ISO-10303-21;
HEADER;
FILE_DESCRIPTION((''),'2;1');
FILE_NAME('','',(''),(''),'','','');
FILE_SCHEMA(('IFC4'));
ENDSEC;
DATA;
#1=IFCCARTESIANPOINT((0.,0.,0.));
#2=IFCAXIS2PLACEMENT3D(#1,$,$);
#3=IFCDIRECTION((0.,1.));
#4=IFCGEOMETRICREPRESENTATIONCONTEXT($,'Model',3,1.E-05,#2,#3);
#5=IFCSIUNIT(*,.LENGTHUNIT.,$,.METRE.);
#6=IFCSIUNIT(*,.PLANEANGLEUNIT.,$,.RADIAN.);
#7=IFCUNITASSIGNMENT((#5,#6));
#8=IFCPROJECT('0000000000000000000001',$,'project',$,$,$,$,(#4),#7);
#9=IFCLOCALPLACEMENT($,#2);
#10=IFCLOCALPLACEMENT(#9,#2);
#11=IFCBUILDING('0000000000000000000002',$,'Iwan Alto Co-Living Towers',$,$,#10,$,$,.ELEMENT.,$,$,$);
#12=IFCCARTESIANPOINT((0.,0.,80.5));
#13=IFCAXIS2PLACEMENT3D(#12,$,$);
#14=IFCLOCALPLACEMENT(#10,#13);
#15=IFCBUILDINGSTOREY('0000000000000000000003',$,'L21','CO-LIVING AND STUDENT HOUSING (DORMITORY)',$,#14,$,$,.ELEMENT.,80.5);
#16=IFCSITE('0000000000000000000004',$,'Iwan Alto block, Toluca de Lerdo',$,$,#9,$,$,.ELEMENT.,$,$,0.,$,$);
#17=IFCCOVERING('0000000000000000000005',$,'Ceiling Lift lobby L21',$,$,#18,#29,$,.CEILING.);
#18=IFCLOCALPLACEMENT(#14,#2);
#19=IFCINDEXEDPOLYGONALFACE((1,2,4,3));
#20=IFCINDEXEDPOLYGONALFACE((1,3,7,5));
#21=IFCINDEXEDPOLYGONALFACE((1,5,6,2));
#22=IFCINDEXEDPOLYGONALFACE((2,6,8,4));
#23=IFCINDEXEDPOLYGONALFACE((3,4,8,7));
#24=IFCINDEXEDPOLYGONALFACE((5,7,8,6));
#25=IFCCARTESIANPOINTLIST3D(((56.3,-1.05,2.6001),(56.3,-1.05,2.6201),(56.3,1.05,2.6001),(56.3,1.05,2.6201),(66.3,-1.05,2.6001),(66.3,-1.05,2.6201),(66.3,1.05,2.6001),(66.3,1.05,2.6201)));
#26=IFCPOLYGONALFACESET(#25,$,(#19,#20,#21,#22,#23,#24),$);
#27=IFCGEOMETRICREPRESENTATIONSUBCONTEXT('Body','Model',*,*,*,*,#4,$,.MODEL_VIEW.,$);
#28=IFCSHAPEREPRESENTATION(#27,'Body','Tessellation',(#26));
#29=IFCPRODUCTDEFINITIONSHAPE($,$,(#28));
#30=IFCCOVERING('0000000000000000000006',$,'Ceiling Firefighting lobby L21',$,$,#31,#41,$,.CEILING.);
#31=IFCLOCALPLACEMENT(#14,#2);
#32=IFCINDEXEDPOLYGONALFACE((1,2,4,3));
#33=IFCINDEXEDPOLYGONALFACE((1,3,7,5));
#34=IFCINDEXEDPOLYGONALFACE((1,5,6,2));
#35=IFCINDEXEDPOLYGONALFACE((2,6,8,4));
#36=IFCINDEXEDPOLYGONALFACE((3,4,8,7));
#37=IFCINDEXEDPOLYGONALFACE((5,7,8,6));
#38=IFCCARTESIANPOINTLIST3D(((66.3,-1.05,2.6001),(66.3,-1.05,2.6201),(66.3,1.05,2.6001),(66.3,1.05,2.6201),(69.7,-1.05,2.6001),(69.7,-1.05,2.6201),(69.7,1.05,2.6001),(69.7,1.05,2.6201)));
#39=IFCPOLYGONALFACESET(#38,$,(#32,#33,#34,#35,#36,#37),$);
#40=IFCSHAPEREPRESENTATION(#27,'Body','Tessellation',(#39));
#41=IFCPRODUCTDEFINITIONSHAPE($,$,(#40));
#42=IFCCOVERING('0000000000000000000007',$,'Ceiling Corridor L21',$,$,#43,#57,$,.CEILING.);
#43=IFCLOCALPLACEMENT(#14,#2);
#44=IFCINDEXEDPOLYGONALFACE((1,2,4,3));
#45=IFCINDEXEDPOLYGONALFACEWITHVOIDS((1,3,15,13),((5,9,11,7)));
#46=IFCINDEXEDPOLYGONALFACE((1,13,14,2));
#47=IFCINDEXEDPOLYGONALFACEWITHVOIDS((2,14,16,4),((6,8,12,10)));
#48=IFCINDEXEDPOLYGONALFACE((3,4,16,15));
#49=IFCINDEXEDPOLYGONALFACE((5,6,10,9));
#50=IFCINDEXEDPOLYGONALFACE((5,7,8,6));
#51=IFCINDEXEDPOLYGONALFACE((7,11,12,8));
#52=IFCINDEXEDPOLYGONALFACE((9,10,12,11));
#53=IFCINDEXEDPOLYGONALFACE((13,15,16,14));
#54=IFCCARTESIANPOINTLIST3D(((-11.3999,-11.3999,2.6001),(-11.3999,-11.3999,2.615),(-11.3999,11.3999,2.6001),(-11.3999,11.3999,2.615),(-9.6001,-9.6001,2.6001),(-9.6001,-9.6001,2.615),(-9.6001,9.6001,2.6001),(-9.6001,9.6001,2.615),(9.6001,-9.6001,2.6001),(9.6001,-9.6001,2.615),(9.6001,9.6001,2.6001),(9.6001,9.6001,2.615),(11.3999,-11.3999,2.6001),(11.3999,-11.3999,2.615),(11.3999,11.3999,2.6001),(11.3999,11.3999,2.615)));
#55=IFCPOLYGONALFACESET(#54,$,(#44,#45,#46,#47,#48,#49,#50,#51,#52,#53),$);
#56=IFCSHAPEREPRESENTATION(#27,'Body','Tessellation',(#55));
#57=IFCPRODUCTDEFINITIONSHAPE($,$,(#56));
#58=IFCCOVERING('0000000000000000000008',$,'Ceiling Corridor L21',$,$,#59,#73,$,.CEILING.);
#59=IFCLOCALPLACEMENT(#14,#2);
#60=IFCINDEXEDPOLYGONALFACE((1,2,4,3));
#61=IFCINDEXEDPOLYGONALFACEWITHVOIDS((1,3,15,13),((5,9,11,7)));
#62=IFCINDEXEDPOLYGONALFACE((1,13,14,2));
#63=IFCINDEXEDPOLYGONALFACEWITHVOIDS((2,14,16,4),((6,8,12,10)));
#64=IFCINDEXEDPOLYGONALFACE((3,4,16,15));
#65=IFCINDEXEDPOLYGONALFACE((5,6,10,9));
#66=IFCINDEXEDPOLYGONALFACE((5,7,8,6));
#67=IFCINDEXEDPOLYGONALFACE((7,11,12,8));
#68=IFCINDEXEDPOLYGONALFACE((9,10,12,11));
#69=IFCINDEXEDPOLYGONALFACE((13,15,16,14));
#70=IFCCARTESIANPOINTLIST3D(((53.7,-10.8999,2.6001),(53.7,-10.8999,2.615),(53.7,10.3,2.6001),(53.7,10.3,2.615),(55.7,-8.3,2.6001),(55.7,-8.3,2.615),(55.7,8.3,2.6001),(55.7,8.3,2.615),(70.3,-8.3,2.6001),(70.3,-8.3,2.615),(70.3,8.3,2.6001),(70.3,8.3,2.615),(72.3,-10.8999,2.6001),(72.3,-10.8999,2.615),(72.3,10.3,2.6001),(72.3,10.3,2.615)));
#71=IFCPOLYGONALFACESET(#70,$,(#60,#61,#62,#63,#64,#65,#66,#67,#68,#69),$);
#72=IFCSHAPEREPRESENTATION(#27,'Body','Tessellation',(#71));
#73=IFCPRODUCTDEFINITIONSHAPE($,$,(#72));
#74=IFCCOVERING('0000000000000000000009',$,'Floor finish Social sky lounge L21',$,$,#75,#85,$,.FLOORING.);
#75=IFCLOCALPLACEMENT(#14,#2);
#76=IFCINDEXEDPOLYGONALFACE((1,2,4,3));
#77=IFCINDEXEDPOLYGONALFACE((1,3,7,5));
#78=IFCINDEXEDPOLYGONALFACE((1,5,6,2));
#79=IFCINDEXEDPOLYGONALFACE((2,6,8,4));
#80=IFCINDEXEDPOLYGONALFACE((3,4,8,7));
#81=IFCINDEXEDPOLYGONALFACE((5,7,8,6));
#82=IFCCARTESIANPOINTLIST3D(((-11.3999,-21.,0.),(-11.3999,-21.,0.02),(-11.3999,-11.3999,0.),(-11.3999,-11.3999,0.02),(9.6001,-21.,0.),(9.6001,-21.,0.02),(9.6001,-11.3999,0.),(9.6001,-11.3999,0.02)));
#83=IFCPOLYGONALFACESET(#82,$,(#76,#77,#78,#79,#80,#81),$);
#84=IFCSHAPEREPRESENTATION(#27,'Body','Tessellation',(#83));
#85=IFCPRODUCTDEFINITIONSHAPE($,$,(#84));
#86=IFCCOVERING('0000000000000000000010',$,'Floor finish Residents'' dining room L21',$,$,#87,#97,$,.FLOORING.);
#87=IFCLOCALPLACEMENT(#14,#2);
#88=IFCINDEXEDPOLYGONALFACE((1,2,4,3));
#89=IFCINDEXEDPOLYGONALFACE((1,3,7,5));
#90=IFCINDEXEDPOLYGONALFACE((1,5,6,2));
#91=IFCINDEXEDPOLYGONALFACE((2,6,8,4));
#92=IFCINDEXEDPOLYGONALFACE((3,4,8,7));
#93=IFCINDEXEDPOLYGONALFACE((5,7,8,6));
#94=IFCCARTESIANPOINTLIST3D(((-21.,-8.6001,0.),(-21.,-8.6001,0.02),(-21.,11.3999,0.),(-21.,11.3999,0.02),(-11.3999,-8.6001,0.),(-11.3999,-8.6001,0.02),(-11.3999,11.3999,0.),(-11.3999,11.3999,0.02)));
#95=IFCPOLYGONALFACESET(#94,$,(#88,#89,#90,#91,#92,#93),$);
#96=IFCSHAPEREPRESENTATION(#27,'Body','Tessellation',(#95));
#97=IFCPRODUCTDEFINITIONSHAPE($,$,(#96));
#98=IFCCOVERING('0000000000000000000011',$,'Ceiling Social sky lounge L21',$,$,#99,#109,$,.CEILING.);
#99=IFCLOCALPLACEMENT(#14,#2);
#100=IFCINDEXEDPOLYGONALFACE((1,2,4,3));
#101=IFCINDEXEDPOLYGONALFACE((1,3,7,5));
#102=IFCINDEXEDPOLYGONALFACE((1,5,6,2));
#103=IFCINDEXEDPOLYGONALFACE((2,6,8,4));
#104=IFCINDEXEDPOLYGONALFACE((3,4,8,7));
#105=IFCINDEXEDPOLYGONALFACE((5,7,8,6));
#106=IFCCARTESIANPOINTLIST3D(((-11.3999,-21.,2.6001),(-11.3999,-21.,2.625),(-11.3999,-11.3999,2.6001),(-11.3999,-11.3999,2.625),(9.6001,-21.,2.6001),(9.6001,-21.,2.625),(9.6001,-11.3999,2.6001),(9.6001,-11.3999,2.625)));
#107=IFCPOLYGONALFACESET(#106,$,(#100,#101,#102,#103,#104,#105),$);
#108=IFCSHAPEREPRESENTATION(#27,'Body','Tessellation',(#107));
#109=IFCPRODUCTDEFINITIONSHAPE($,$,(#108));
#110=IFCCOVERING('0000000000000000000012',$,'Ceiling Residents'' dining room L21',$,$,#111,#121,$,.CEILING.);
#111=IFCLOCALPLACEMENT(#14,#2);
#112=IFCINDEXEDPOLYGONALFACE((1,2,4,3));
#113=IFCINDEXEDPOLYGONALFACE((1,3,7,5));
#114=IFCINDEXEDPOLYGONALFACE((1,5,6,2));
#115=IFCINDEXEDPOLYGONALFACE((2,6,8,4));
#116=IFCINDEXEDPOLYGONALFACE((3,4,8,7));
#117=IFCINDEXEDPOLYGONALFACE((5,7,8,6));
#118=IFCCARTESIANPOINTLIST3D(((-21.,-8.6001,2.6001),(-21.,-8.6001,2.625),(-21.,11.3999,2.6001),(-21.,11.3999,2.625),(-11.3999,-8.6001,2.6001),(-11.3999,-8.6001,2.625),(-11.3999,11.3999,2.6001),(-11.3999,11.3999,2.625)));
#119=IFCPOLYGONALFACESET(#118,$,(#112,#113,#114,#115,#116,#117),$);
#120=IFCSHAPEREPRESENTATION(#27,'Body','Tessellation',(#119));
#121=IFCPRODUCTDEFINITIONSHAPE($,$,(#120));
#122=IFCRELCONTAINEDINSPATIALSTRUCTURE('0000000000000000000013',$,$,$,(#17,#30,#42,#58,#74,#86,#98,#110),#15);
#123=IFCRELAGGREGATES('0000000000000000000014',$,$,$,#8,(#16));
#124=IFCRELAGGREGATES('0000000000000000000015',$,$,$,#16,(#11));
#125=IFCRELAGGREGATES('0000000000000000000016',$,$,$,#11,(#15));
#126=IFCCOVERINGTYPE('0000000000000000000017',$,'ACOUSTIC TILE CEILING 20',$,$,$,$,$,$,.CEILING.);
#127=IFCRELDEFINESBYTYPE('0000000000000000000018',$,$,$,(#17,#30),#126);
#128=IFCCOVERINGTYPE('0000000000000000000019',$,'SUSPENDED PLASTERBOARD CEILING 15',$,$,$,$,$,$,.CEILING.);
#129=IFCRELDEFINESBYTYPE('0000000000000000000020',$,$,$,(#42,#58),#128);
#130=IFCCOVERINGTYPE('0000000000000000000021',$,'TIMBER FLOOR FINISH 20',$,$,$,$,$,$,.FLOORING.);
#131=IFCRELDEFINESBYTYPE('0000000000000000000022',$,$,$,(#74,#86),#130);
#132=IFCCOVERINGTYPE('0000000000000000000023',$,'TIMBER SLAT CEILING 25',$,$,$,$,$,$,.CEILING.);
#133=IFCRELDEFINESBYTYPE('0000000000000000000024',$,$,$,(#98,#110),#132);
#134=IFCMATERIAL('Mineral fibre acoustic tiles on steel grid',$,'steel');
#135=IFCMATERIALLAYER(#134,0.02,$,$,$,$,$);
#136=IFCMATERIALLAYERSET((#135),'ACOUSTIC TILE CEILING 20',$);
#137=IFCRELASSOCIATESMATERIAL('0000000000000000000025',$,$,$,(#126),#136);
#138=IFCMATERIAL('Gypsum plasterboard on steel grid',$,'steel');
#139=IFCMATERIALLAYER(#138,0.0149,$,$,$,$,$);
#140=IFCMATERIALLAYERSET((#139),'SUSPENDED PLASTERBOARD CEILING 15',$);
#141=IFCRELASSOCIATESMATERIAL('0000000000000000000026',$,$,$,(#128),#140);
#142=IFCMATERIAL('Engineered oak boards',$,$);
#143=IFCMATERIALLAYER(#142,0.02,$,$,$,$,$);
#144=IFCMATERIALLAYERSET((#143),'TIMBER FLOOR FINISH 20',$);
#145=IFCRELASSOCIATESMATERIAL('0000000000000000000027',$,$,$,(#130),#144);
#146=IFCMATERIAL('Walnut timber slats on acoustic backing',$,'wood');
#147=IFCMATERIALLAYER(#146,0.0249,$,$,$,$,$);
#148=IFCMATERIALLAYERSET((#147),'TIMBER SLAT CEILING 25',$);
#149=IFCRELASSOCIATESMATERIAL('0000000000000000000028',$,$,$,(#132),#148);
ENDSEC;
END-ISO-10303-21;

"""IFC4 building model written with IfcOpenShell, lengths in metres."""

from ifc_helpers import new_model, si_unit, direction, frame, origin, place, context, subcontext, project, spatial, polyline, outline, extrude, material, layer, layer_set, type_object, element, save


model = new_model("IFC4")

# Units and contexts
model_context = context("Model", 3, precision=1e-05, world=origin(), true_north=direction((0.0, 1.0)))
body_context = subcontext(model_context, "Body", "Model", "MODEL_VIEW")
ifc_project = project(units=[si_unit("LENGTHUNIT", "METRE"), si_unit("PLANEANGLEUNIT", "RADIAN")], contexts=[model_context])

# Site, building, storey
site_placement = place(None, origin())
site = spatial("IfcSite", under=ifc_project, at=site_placement, Name="Iwan Alto block, Toluca de Lerdo", CompositionType="ELEMENT", RefElevation=0.0)
building_placement = place(site_placement, origin())
building = spatial("IfcBuilding", under=site, at=building_placement, Name="Iwan Alto Co-Living Towers", CompositionType="ELEMENT")
storey_placement = place(building_placement, frame((0.0, 0.0, 80.5)))
storey = spatial("IfcBuildingStorey", under=building, at=storey_placement, Name="L21", Description="CO-LIVING AND STUDENT HOUSING (DORMITORY)", CompositionType="ELEMENT", Elevation=80.5)

# Coverings
ifc_material_1 = material(Name="Mineral fibre acoustic tiles on steel grid", Category="steel")
ifc_layer_1 = layer(ifc_material_1, 0.02)
ifc_layer_set_1 = layer_set([ifc_layer_1], Name="ACOUSTIC TILE CEILING 20")
covering_type_1 = type_object("IfcCoveringType", Name="ACOUSTIC TILE CEILING 20", PredefinedType="CEILING", material=ifc_layer_set_1)
covering_1_placement = place(storey_placement, frame((0.0, 0.0, 2.6001)))
element("IfcCovering", 1, at=covering_1_placement, inside=storey, type_object=covering_type_1, Name="Ceiling Lift lobby L21", PredefinedType="CEILING", context=body_context, shape_type="SweptSolid", body=[
    extrude(outline(polyline([(56.3, -1.05), (56.3, 1.05), (66.3, 1.05), (66.3, -1.05), (56.3, -1.05)])), origin(), (0.0, 0.0, 1.0), 0.02),
])
covering_2_placement = place(storey_placement, frame((0.0, 0.0, 2.6001)))
element("IfcCovering", 2, at=covering_2_placement, inside=storey, type_object=covering_type_1, Name="Ceiling Firefighting lobby L21", PredefinedType="CEILING", context=body_context, shape_type="SweptSolid", body=[
    extrude(outline(polyline([(66.3, -1.05), (66.3, 1.05), (69.7, 1.05), (69.7, -1.05), (66.3, -1.05)])), origin(), (0.0, 0.0, 1.0), 0.02),
])
ifc_material_2 = material(Name="Gypsum plasterboard on steel grid", Category="steel")
ifc_layer_2 = layer(ifc_material_2, 0.0149)
ifc_layer_set_2 = layer_set([ifc_layer_2], Name="SUSPENDED PLASTERBOARD CEILING 15")
covering_type_2 = type_object("IfcCoveringType", Name="SUSPENDED PLASTERBOARD CEILING 15", PredefinedType="CEILING", material=ifc_layer_set_2)
covering_3_placement = place(storey_placement, frame((0.0, 0.0, 2.6001)))
element("IfcCovering", 3, at=covering_3_placement, inside=storey, type_object=covering_type_2, Name="Ceiling Corridor L21", PredefinedType="CEILING", context=body_context, shape_type="SweptSolid", body=[
    extrude(outline(polyline([(-11.3999, 11.3999), (11.3999, 11.3999), (11.3999, -11.3999), (-11.3999, -11.3999), (-11.3999, 11.3999)]), holes=[polyline([(-9.6001, 9.6001), (-9.6001, -9.6001), (9.6001, -9.6001), (9.6001, 9.6001), (-9.6001, 9.6001)])]), origin(), (0.0, 0.0, 1.0), 0.0149),
])
covering_4_placement = place(storey_placement, frame((0.0, 0.0, 2.6001)))
element("IfcCovering", 4, at=covering_4_placement, inside=storey, type_object=covering_type_2, Name="Ceiling Corridor L21", PredefinedType="CEILING", context=body_context, shape_type="SweptSolid", body=[
    extrude(outline(polyline([(53.7, 10.3), (72.3, 10.3), (72.3, -10.8999), (53.7, -10.8999), (53.7, 10.3)]), holes=[polyline([(55.7, 8.3), (55.7, -8.3), (70.3, -8.3), (70.3, 8.3), (55.7, 8.3)])]), origin(), (0.0, 0.0, 1.0), 0.0149),
])
ifc_material_3 = material(Name="Engineered oak boards")
ifc_layer_3 = layer(ifc_material_3, 0.02)
ifc_layer_set_3 = layer_set([ifc_layer_3], Name="TIMBER FLOOR FINISH 20")
covering_type_3 = type_object("IfcCoveringType", Name="TIMBER FLOOR FINISH 20", PredefinedType="FLOORING", material=ifc_layer_set_3)
covering_5_placement = place(storey_placement, origin())
element("IfcCovering", 5, at=covering_5_placement, inside=storey, type_object=covering_type_3, Name="Floor finish Social sky lounge L21", PredefinedType="FLOORING", context=body_context, shape_type="SweptSolid", body=[
    extrude(outline(polyline([(9.6001, -11.3999), (9.6001, -21.0), (-11.3999, -21.0), (-11.3999, -11.3999), (9.6001, -11.3999)])), origin(), (0.0, 0.0, 1.0), 0.02),
])
covering_6_placement = place(storey_placement, origin())
element("IfcCovering", 6, at=covering_6_placement, inside=storey, type_object=covering_type_3, Name="Floor finish Residents' dining room L21", PredefinedType="FLOORING", context=body_context, shape_type="SweptSolid", body=[
    extrude(outline(polyline([(-11.3999, -8.6001), (-21.0, -8.6001), (-21.0, 11.3999), (-11.3999, 11.3999), (-11.3999, -8.6001)])), origin(), (0.0, 0.0, 1.0), 0.02),
])
ifc_material_4 = material(Name="Walnut timber slats on acoustic backing", Category="wood")
ifc_layer_4 = layer(ifc_material_4, 0.0249)
ifc_layer_set_4 = layer_set([ifc_layer_4], Name="TIMBER SLAT CEILING 25")
covering_type_4 = type_object("IfcCoveringType", Name="TIMBER SLAT CEILING 25", PredefinedType="CEILING", material=ifc_layer_set_4)
covering_7_placement = place(storey_placement, frame((0.0, 0.0, 2.6001)))
element("IfcCovering", 7, at=covering_7_placement, inside=storey, type_object=covering_type_4, Name="Ceiling Social sky lounge L21", PredefinedType="CEILING", context=body_context, shape_type="SweptSolid", body=[
    extrude(outline(polyline([(9.6001, -11.3999), (9.6001, -21.0), (-11.3999, -21.0), (-11.3999, -11.3999), (9.6001, -11.3999)])), origin(), (0.0, 0.0, 1.0), 0.0249),
])
covering_8_placement = place(storey_placement, frame((0.0, 0.0, 2.6001)))
element("IfcCovering", 8, at=covering_8_placement, inside=storey, type_object=covering_type_4, Name="Ceiling Residents' dining room L21", PredefinedType="CEILING", context=body_context, shape_type="SweptSolid", body=[
    extrude(outline(polyline([(-11.3999, -8.6001), (-21.0, -8.6001), (-21.0, 11.3999), (-11.3999, 11.3999), (-11.3999, -8.6001)])), origin(), (0.0, 0.0, 1.0), 0.0249),
])

save(model, "model.ifc")
